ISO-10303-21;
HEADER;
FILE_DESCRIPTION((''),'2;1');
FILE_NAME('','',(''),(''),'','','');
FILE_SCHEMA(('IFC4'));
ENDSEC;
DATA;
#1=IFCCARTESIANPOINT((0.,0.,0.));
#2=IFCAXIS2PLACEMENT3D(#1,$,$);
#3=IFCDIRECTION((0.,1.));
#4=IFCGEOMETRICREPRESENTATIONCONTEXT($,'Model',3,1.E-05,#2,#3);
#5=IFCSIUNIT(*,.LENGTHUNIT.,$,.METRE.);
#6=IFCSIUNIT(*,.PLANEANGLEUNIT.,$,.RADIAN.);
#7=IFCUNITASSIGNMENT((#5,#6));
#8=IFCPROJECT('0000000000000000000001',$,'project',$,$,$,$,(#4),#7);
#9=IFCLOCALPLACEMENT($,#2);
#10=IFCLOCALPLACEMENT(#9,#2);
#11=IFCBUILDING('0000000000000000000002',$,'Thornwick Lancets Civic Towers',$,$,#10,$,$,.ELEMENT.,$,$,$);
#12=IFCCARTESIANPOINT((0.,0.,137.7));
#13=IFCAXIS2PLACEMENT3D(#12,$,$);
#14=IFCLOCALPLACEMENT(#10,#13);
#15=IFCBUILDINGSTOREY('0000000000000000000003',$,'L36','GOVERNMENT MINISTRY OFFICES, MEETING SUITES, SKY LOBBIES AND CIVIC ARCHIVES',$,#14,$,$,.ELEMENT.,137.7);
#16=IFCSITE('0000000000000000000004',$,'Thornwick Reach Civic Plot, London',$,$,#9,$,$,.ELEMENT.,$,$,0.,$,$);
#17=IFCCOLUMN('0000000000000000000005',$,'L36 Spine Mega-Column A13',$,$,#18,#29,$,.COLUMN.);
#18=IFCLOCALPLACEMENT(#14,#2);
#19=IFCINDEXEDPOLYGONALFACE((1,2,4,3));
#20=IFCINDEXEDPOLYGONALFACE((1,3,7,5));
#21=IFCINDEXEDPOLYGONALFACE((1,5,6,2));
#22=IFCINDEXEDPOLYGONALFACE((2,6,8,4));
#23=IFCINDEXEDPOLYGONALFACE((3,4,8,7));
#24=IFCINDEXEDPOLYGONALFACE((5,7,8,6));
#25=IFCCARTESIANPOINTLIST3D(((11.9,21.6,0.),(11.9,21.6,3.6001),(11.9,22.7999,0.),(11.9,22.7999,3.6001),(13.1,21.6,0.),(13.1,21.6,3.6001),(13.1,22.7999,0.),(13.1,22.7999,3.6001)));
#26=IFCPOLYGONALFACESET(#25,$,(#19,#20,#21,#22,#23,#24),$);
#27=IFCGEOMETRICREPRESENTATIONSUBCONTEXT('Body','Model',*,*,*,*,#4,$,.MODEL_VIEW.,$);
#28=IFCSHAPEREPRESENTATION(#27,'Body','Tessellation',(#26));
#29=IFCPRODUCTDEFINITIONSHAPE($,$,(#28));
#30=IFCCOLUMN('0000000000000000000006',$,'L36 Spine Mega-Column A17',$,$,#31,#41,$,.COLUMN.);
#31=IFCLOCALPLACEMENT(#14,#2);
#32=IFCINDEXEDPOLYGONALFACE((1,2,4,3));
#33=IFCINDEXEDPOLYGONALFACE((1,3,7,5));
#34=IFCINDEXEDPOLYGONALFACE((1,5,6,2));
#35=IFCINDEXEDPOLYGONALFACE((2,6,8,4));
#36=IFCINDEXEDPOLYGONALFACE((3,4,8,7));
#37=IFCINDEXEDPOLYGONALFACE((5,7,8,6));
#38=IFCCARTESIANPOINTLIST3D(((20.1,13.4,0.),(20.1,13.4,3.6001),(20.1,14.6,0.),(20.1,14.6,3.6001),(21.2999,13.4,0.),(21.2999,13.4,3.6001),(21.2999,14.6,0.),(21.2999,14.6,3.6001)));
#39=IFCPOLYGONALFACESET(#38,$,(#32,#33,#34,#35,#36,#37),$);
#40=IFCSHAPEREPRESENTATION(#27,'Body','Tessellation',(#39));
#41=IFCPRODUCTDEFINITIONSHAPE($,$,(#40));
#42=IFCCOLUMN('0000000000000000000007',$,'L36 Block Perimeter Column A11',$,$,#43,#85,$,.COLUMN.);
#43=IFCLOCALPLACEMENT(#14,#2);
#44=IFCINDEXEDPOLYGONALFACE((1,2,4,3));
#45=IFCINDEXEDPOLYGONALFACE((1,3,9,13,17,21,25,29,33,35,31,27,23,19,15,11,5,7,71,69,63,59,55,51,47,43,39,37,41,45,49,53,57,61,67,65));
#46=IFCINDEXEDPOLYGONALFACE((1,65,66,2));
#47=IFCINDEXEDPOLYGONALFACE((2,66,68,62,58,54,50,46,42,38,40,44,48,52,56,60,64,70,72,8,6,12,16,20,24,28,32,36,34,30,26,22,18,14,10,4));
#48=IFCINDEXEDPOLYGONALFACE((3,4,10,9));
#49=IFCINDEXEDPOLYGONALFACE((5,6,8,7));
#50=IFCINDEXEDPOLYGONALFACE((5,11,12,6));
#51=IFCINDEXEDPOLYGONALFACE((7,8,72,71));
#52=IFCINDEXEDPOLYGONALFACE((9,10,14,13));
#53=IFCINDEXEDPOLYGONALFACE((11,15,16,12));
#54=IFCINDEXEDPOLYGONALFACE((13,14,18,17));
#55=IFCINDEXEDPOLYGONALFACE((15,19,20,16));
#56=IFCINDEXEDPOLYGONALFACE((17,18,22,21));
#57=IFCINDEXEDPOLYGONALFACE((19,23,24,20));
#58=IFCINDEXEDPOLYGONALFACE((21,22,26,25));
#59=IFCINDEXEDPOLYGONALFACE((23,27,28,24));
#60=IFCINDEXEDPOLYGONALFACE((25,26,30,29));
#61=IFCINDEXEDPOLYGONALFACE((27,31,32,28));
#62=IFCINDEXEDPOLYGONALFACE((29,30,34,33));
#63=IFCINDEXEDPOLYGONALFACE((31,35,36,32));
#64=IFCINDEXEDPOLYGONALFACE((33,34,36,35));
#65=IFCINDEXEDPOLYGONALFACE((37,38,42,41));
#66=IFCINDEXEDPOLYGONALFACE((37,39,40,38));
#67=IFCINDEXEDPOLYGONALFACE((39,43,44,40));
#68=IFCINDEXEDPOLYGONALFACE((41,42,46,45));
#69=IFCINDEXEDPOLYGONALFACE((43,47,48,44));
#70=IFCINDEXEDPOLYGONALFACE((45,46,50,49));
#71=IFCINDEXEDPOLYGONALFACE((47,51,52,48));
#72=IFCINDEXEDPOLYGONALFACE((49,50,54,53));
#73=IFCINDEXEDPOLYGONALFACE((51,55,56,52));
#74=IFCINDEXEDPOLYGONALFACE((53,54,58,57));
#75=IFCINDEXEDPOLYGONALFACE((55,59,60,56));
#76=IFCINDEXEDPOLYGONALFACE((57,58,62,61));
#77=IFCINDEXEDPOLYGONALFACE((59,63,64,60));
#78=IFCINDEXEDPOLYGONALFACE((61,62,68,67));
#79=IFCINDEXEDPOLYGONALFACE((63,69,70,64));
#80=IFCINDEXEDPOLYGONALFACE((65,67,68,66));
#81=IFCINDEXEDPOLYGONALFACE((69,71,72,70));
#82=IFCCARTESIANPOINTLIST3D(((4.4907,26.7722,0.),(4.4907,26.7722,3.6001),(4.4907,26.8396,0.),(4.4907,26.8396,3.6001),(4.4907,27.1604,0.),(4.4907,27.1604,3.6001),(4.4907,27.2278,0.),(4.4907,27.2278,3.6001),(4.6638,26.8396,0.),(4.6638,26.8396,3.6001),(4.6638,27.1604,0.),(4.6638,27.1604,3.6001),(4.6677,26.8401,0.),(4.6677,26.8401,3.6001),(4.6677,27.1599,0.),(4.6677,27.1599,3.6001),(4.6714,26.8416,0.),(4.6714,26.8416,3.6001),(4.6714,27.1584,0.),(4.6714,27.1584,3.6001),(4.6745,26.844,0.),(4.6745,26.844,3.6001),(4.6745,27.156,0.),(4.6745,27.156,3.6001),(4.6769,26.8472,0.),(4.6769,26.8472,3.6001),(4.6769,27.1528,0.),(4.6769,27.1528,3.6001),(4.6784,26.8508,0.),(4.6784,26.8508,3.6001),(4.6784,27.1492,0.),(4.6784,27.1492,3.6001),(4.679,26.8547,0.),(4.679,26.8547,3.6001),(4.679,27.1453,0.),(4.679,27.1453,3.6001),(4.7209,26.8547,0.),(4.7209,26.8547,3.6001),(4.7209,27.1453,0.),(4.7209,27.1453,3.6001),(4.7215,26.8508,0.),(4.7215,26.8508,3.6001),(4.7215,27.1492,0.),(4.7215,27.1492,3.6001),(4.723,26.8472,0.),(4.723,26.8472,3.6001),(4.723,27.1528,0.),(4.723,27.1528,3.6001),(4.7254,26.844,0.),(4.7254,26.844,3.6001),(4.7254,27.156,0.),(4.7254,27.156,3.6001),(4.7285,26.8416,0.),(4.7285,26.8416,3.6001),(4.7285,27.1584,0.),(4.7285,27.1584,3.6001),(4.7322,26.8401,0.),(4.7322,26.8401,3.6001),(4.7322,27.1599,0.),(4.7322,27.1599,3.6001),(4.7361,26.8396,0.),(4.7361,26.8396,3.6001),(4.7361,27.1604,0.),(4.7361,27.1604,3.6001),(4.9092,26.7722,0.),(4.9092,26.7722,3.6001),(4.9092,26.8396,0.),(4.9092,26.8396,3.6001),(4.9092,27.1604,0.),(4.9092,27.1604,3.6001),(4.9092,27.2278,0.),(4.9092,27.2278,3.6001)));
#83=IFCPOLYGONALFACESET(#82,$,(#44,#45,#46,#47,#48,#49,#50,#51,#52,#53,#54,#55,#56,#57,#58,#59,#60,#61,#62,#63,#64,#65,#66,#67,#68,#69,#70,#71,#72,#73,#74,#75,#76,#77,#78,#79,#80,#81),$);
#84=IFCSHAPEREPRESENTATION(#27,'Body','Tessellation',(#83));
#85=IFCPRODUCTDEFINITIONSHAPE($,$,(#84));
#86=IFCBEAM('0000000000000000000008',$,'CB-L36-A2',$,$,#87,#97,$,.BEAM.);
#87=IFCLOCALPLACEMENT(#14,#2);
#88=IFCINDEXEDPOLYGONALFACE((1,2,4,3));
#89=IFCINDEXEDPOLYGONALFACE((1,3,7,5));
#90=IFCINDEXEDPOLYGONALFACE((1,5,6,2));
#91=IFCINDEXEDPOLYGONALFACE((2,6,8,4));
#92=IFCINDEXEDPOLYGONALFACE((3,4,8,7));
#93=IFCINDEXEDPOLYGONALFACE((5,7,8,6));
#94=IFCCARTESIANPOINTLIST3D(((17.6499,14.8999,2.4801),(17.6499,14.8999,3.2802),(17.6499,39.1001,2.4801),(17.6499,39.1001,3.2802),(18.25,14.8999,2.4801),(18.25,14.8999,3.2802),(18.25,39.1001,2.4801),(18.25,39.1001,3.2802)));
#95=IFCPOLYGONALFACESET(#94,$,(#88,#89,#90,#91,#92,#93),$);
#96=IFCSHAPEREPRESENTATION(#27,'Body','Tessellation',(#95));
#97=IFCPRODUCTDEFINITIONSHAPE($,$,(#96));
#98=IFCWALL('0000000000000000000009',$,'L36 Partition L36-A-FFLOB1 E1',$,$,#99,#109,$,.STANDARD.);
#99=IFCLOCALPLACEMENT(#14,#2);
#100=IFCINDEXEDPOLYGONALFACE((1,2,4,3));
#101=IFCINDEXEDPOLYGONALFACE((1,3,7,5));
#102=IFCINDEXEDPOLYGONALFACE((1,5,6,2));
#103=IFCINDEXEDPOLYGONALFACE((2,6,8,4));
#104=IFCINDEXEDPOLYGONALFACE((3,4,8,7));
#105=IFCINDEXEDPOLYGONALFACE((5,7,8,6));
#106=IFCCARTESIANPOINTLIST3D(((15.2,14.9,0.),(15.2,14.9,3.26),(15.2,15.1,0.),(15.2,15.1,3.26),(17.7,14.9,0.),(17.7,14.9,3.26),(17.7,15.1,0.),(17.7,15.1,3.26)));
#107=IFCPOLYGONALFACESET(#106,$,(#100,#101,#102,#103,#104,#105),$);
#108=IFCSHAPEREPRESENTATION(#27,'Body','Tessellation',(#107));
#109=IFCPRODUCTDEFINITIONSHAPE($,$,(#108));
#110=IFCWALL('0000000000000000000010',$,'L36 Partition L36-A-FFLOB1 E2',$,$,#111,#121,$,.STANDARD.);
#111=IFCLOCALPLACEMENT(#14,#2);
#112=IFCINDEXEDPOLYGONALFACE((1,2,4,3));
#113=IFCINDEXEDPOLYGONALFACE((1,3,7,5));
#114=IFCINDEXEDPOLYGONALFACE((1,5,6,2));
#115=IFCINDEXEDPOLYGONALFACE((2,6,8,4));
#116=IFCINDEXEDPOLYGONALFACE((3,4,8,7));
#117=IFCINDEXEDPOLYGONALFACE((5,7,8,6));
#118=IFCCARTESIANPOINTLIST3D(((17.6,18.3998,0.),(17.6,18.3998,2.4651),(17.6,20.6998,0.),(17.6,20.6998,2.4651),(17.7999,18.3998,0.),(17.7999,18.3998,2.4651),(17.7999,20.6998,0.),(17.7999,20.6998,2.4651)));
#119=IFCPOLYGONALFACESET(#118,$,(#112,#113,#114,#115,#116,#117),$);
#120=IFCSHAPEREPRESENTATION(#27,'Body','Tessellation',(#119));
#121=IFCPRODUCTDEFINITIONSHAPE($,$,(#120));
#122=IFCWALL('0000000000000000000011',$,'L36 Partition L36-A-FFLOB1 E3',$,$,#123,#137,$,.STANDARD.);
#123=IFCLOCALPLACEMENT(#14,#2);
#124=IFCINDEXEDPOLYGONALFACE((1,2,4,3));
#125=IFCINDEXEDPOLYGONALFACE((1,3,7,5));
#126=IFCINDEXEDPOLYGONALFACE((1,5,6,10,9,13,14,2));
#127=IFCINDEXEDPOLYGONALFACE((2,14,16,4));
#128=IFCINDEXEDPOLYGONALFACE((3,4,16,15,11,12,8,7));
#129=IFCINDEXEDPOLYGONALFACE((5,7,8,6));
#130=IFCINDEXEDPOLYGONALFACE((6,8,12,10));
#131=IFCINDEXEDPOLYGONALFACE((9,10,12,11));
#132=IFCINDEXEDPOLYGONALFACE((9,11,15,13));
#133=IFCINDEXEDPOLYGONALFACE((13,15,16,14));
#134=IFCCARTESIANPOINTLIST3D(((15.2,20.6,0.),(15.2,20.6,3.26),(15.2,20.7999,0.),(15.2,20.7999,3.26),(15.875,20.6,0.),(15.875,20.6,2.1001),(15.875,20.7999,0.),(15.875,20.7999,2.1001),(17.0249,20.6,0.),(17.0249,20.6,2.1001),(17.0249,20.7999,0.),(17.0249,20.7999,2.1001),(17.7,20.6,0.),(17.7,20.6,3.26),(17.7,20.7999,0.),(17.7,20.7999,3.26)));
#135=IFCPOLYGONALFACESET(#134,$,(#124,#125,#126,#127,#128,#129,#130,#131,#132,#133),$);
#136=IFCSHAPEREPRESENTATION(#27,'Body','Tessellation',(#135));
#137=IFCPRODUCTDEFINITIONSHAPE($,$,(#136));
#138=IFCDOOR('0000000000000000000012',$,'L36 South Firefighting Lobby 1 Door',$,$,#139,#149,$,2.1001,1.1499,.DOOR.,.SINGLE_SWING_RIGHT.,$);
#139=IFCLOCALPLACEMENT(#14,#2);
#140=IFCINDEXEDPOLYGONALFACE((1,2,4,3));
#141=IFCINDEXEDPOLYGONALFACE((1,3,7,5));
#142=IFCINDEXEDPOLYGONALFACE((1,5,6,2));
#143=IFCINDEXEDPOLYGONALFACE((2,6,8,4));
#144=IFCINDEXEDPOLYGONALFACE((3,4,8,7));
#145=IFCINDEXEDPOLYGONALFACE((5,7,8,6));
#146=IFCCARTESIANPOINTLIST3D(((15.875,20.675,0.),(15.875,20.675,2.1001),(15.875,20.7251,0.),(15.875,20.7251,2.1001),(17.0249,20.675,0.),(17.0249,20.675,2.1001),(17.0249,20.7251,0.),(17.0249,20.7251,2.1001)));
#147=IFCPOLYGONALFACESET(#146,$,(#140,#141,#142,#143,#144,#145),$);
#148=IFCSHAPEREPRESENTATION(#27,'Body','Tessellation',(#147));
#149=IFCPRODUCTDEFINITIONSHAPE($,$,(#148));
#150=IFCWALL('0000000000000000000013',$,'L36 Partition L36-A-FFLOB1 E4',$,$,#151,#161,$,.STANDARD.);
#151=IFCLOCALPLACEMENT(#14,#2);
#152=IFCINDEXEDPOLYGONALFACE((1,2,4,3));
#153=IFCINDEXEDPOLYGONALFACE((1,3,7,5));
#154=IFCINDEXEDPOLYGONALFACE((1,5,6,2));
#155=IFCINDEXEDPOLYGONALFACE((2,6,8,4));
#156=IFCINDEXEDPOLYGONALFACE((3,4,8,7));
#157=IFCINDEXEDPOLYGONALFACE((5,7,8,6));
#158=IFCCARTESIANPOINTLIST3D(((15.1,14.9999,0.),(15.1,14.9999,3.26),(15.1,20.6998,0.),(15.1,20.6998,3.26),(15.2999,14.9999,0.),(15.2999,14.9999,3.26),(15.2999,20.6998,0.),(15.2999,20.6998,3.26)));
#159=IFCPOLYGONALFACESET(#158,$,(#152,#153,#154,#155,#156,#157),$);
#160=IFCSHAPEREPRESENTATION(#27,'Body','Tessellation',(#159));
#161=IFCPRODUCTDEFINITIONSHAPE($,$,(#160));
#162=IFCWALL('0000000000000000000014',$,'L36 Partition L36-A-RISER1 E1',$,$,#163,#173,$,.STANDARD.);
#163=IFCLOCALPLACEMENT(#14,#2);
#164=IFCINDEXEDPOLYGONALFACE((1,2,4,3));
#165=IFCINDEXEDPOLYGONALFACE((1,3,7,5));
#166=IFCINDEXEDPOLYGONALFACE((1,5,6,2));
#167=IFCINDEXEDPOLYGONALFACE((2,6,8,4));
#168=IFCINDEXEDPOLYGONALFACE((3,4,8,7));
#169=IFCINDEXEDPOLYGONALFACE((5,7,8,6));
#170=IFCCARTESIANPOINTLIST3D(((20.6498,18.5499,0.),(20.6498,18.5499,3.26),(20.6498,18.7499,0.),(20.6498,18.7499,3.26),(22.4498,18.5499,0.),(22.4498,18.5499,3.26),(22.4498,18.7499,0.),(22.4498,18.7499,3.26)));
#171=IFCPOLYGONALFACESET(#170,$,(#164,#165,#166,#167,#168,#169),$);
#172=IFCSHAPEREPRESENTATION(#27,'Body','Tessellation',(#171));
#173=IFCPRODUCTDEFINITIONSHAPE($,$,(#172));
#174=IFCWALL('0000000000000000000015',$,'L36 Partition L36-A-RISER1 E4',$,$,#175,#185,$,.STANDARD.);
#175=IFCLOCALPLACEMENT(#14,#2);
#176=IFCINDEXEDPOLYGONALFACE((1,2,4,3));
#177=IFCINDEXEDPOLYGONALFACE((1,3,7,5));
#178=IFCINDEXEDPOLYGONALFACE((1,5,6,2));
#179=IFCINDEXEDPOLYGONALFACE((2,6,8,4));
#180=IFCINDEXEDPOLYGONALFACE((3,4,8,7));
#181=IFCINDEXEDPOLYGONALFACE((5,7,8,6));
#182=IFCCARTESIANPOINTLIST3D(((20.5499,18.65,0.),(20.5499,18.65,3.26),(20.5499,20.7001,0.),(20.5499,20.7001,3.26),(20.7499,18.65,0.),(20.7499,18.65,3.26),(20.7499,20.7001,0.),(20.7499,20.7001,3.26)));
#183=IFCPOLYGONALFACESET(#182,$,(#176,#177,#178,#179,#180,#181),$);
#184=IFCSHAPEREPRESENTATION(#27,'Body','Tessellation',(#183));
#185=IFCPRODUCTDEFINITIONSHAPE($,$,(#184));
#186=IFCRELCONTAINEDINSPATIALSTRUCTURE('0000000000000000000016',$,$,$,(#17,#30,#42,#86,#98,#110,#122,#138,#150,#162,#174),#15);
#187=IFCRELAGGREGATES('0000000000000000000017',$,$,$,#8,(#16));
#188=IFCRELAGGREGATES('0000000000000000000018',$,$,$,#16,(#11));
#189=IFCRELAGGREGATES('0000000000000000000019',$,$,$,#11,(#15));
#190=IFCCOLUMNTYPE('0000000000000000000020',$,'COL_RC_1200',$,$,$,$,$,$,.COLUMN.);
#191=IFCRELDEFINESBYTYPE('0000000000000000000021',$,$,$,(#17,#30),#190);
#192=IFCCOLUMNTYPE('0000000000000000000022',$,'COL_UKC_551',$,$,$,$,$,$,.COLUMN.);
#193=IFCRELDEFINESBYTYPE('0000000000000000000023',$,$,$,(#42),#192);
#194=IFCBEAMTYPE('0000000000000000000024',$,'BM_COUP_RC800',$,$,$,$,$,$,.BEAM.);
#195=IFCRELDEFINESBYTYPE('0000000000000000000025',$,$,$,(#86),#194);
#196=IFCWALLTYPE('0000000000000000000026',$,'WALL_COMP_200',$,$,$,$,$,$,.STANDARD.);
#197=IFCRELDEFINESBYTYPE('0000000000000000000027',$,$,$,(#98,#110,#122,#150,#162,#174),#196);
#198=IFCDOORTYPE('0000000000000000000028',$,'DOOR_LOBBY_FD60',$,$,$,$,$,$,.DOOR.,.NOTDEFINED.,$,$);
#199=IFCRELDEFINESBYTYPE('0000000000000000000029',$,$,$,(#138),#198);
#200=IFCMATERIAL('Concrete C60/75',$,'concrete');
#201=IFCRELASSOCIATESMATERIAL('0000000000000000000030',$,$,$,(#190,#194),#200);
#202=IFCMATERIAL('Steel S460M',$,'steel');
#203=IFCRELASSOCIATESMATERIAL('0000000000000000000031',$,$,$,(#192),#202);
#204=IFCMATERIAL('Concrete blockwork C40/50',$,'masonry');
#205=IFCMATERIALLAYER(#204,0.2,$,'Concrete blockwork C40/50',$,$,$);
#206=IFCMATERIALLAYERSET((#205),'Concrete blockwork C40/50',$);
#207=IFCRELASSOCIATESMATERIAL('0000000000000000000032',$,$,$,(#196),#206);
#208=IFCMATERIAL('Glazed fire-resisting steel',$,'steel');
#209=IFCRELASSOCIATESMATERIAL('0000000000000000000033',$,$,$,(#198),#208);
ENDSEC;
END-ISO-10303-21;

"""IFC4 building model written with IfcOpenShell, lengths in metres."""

from ifc_helpers import new_model, si_unit, direction, frame, frame_2d, origin, origin_2d, place, context, subcontext, project, spatial, rectangle, i_section, extrude, material, layer, layer_set, material_profile, profile_set, type_object, element, fill, save


model = new_model("IFC4")

# Units and contexts
model_context = context("Model", 3, precision=1e-05, world=origin(), true_north=direction((0.0, 1.0)))
body_context = subcontext(model_context, "Body", "Model", "MODEL_VIEW")
ifc_project = project(units=[si_unit("LENGTHUNIT", "METRE"), si_unit("PLANEANGLEUNIT", "RADIAN")], contexts=[model_context])

# Site, building, storey
site_placement = place(None, origin())
site = spatial("IfcSite", under=ifc_project, at=site_placement, Name="Thornwick Reach Civic Plot, London", CompositionType="ELEMENT", RefElevation=0.0)
building_placement = place(site_placement, origin())
building = spatial("IfcBuilding", under=site, at=building_placement, Name="Thornwick Lancets Civic Towers", CompositionType="ELEMENT")
storey_placement = place(building_placement, frame((0.0, 0.0, 137.7)))
storey = spatial("IfcBuildingStorey", under=building, at=storey_placement, Name="L36", Description="GOVERNMENT MINISTRY OFFICES, MEETING SUITES, SKY LOBBIES AND CIVIC ARCHIVES", CompositionType="ELEMENT", Elevation=137.7)

# Columns
ifc_material_1 = material(Name="Concrete C60/75", Category="concrete")
ifc_material_profile_1 = material_profile(ifc_material_1, rectangle(XDim=1.2, YDim=1.2, at=origin_2d()), Name="RC 1200x1200")
ifc_profile_set_1 = profile_set([ifc_material_profile_1], Name="Concrete C60/75")
column_type_1 = type_object("IfcColumnType", Name="COL_RC_1200", PredefinedType="COLUMN", material=ifc_profile_set_1)
for number, where, z_axis, x_axis, name in (
    (1, (12.5, 22.2, 0.0), (0.0, 0.0, 1.0), (1.0, 0.0, 0.0), "L36 Spine Mega-Column A13"),
    (2, (20.7, 14.0, 0.0), (0.0, 0.0, 1.0), (1.0, 0.0, 0.0), "L36 Spine Mega-Column A17"),
):
    element("IfcColumn", number, at=place(storey_placement, frame(where, z_axis=z_axis, x_axis=x_axis)), inside=storey, type_object=column_type_1, Name=name, PredefinedType="COLUMN", context=body_context, shape_type="SweptSolid", body=[
        extrude(rectangle(XDim=1.2, YDim=1.2, at=origin_2d()), origin(), (0.0, 0.0, 1.0), 3.6001),
    ])
ifc_material_2 = material(Name="Steel S460M", Category="steel")
ifc_material_profile_2 = material_profile(ifc_material_2, i_section(OverallWidth=0.4185, OverallDepth=0.4556, WebThickness=0.042, FlangeThickness=0.0674, FilletRadius=0.0151, at=origin_2d()), Name="UKC 356x406x551")
ifc_profile_set_2 = profile_set([ifc_material_profile_2], Name="Steel S460M")
column_type_2 = type_object("IfcColumnType", Name="COL_UKC_551", PredefinedType="COLUMN", material=ifc_profile_set_2)
column_placement = place(storey_placement, frame((4.7, 27.0, 0.0), z_axis=(0.0, 0.0, 1.0), x_axis=(1.0, 0.0, 0.0)))
element("IfcColumn", 3, at=column_placement, inside=storey, type_object=column_type_2, Name="L36 Block Perimeter Column A11", PredefinedType="COLUMN", context=body_context, shape_type="SweptSolid", body=[
    extrude(i_section(OverallWidth=0.4185, OverallDepth=0.4556, WebThickness=0.042, FlangeThickness=0.0674, FilletRadius=0.0151, at=origin_2d()), origin(), (0.0, 0.0, 1.0), 3.6001),
])

# Beam
ifc_material_profile_3 = material_profile(ifc_material_1, rectangle(XDim=0.6001, YDim=0.8, at=origin_2d()), Name="RC 600x800")
ifc_profile_set_3 = profile_set([ifc_material_profile_3], Name="Concrete C60/75")
beam_type = type_object("IfcBeamType", Name="BM_COUP_RC800", PredefinedType="BEAM", material=ifc_profile_set_3)
beam_placement = place(storey_placement, frame((17.95, 14.8999, 2.8801), z_axis=(0.0, 1.0, 0.0), x_axis=(-1.0, 0.0, 0.0)))
element("IfcBeam", 4, at=beam_placement, inside=storey, type_object=beam_type, Name="CB-L36-A2", PredefinedType="BEAM", context=body_context, shape_type="SweptSolid", body=[
    extrude(rectangle(XDim=0.6001, YDim=0.8, at=origin_2d()), origin(), (0.0, 0.0, 1.0), 24.2002),
])

# Walls
ifc_material_3 = material(Name="Concrete blockwork C40/50", Category="masonry")
ifc_layer_1 = layer(ifc_material_3, 0.2, Name="Concrete blockwork C40/50")
ifc_layer_set_1 = layer_set([ifc_layer_1], Name="Concrete blockwork C40/50")
wall_type_1 = type_object("IfcWallType", Name="WALL_COMP_200", PredefinedType="STANDARD", material=ifc_layer_set_1)
wall_1_placement = place(storey_placement, frame((15.2, 15.0, 0.0), z_axis=(0.0, 0.0, 1.0), x_axis=(1.0, 0.0, 0.0)))
element("IfcWall", 5, at=wall_1_placement, inside=storey, type_object=wall_type_1, Name="L36 Partition L36-A-FFLOB1 E1", PredefinedType="STANDARD", context=body_context, shape_type="SweptSolid", body=[
    extrude(rectangle(XDim=2.5, YDim=0.2, at=frame_2d((1.25, 0.0))), origin(), (0.0, 0.0, 1.0), 3.26),
])
wall_2_placement = place(storey_placement, frame((17.7, 18.3999, 0.0), z_axis=(0.0, 0.0, 1.0), x_axis=(0.0, 1.0, 0.0)))
element("IfcWall", 6, at=wall_2_placement, inside=storey, type_object=wall_type_1, Name="L36 Partition L36-A-FFLOB1 E2", PredefinedType="STANDARD", context=body_context, shape_type="SweptSolid", body=[
    extrude(rectangle(XDim=2.3, YDim=0.2, at=frame_2d((1.1499, 0.0))), origin(), (0.0, 0.0, 1.0), 2.4651),
])

# Wall, opening, door
wall_3_placement = place(storey_placement, frame((17.7, 20.7, 0.0), z_axis=(0.0, 0.0, 1.0), x_axis=(-1.0, 0.0, 0.0)))
wall_3 = element("IfcWall", 7, at=wall_3_placement, inside=storey, type_object=wall_type_1, Name="L36 Partition L36-A-FFLOB1 E3", PredefinedType="STANDARD", context=body_context, shape_type="SweptSolid", body=[
    extrude(rectangle(XDim=2.5, YDim=0.2, at=frame_2d((1.25, 0.0))), origin(), (0.0, 0.0, 1.0), 3.26),
])
opening_1_placement = place(wall_3_placement, frame((0.675, 0.0, 0.0)))
opening_1 = element("IfcOpeningElement", 8, at=opening_1_placement, cuts=wall_3, PredefinedType="OPENING", context=body_context, shape_type="SweptSolid", body=[
    extrude(rectangle(XDim=1.1499, YDim=2.1001, at=frame_2d((0.575, 1.05))), frame((0.0, 0.1099, 0.0), z_axis=(0.0, -1.0, 0.0), x_axis=(1.0, 0.0, 0.0)), (0.0, 0.0, 1.0), 0.22),
])
ifc_material_4 = material(Name="Glazed fire-resisting steel", Category="steel")
door_type_1 = type_object("IfcDoorType", Name="DOOR_LOBBY_FD60", OperationType="NOTDEFINED", PredefinedType="DOOR", material=ifc_material_4)
door_1_placement = place(opening_1_placement, origin())
door_1 = element("IfcDoor", 9, at=door_1_placement, inside=storey, type_object=door_type_1, Name="L36 South Firefighting Lobby 1 Door", OperationType="SINGLE_SWING_RIGHT", OverallHeight=2.1001, OverallWidth=1.1499, PredefinedType="DOOR", context=body_context, shape_type="SweptSolid", body=[
    extrude(rectangle(XDim=1.1499, YDim=2.1001, at=frame_2d((0.575, 1.05))), frame((0.0, 0.0249, 0.0), z_axis=(0.0, -1.0, 0.0), x_axis=(1.0, 0.0, 0.0)), (0.0, 0.0, 1.0), 0.05),
])
fill(opening_1, door_1)

# Walls
wall_4_placement = place(storey_placement, frame((15.2, 20.7, 0.0), z_axis=(0.0, 0.0, 1.0), x_axis=(0.0, -1.0, 0.0)))
element("IfcWall", 10, at=wall_4_placement, inside=storey, type_object=wall_type_1, Name="L36 Partition L36-A-FFLOB1 E4", PredefinedType="STANDARD", context=body_context, shape_type="SweptSolid", body=[
    extrude(rectangle(XDim=5.7, YDim=0.2, at=frame_2d((2.8501, 0.0))), origin(), (0.0, 0.0, 1.0), 3.26),
])
wall_5_placement = place(storey_placement, frame((20.6499, 18.6499, 0.0), z_axis=(0.0, 0.0, 1.0), x_axis=(1.0, 0.0, 0.0)))
element("IfcWall", 11, at=wall_5_placement, inside=storey, type_object=wall_type_1, Name="L36 Partition L36-A-RISER1 E1", PredefinedType="STANDARD", context=body_context, shape_type="SweptSolid", body=[
    extrude(rectangle(XDim=1.8, YDim=0.2, at=frame_2d((0.8999, 0.0))), origin(), (0.0, 0.0, 1.0), 3.26),
])
wall_6_placement = place(storey_placement, frame((20.6499, 20.7, 0.0), z_axis=(0.0, 0.0, 1.0), x_axis=(0.0, -1.0, 0.0)))
element("IfcWall", 12, at=wall_6_placement, inside=storey, type_object=wall_type_1, Name="L36 Partition L36-A-RISER1 E4", PredefinedType="STANDARD", context=body_context, shape_type="SweptSolid", body=[
    extrude(rectangle(XDim=2.05, YDim=0.2, at=frame_2d((1.0249, 0.0))), origin(), (0.0, 0.0, 1.0), 3.26),
])

save(model, "model.ifc")
